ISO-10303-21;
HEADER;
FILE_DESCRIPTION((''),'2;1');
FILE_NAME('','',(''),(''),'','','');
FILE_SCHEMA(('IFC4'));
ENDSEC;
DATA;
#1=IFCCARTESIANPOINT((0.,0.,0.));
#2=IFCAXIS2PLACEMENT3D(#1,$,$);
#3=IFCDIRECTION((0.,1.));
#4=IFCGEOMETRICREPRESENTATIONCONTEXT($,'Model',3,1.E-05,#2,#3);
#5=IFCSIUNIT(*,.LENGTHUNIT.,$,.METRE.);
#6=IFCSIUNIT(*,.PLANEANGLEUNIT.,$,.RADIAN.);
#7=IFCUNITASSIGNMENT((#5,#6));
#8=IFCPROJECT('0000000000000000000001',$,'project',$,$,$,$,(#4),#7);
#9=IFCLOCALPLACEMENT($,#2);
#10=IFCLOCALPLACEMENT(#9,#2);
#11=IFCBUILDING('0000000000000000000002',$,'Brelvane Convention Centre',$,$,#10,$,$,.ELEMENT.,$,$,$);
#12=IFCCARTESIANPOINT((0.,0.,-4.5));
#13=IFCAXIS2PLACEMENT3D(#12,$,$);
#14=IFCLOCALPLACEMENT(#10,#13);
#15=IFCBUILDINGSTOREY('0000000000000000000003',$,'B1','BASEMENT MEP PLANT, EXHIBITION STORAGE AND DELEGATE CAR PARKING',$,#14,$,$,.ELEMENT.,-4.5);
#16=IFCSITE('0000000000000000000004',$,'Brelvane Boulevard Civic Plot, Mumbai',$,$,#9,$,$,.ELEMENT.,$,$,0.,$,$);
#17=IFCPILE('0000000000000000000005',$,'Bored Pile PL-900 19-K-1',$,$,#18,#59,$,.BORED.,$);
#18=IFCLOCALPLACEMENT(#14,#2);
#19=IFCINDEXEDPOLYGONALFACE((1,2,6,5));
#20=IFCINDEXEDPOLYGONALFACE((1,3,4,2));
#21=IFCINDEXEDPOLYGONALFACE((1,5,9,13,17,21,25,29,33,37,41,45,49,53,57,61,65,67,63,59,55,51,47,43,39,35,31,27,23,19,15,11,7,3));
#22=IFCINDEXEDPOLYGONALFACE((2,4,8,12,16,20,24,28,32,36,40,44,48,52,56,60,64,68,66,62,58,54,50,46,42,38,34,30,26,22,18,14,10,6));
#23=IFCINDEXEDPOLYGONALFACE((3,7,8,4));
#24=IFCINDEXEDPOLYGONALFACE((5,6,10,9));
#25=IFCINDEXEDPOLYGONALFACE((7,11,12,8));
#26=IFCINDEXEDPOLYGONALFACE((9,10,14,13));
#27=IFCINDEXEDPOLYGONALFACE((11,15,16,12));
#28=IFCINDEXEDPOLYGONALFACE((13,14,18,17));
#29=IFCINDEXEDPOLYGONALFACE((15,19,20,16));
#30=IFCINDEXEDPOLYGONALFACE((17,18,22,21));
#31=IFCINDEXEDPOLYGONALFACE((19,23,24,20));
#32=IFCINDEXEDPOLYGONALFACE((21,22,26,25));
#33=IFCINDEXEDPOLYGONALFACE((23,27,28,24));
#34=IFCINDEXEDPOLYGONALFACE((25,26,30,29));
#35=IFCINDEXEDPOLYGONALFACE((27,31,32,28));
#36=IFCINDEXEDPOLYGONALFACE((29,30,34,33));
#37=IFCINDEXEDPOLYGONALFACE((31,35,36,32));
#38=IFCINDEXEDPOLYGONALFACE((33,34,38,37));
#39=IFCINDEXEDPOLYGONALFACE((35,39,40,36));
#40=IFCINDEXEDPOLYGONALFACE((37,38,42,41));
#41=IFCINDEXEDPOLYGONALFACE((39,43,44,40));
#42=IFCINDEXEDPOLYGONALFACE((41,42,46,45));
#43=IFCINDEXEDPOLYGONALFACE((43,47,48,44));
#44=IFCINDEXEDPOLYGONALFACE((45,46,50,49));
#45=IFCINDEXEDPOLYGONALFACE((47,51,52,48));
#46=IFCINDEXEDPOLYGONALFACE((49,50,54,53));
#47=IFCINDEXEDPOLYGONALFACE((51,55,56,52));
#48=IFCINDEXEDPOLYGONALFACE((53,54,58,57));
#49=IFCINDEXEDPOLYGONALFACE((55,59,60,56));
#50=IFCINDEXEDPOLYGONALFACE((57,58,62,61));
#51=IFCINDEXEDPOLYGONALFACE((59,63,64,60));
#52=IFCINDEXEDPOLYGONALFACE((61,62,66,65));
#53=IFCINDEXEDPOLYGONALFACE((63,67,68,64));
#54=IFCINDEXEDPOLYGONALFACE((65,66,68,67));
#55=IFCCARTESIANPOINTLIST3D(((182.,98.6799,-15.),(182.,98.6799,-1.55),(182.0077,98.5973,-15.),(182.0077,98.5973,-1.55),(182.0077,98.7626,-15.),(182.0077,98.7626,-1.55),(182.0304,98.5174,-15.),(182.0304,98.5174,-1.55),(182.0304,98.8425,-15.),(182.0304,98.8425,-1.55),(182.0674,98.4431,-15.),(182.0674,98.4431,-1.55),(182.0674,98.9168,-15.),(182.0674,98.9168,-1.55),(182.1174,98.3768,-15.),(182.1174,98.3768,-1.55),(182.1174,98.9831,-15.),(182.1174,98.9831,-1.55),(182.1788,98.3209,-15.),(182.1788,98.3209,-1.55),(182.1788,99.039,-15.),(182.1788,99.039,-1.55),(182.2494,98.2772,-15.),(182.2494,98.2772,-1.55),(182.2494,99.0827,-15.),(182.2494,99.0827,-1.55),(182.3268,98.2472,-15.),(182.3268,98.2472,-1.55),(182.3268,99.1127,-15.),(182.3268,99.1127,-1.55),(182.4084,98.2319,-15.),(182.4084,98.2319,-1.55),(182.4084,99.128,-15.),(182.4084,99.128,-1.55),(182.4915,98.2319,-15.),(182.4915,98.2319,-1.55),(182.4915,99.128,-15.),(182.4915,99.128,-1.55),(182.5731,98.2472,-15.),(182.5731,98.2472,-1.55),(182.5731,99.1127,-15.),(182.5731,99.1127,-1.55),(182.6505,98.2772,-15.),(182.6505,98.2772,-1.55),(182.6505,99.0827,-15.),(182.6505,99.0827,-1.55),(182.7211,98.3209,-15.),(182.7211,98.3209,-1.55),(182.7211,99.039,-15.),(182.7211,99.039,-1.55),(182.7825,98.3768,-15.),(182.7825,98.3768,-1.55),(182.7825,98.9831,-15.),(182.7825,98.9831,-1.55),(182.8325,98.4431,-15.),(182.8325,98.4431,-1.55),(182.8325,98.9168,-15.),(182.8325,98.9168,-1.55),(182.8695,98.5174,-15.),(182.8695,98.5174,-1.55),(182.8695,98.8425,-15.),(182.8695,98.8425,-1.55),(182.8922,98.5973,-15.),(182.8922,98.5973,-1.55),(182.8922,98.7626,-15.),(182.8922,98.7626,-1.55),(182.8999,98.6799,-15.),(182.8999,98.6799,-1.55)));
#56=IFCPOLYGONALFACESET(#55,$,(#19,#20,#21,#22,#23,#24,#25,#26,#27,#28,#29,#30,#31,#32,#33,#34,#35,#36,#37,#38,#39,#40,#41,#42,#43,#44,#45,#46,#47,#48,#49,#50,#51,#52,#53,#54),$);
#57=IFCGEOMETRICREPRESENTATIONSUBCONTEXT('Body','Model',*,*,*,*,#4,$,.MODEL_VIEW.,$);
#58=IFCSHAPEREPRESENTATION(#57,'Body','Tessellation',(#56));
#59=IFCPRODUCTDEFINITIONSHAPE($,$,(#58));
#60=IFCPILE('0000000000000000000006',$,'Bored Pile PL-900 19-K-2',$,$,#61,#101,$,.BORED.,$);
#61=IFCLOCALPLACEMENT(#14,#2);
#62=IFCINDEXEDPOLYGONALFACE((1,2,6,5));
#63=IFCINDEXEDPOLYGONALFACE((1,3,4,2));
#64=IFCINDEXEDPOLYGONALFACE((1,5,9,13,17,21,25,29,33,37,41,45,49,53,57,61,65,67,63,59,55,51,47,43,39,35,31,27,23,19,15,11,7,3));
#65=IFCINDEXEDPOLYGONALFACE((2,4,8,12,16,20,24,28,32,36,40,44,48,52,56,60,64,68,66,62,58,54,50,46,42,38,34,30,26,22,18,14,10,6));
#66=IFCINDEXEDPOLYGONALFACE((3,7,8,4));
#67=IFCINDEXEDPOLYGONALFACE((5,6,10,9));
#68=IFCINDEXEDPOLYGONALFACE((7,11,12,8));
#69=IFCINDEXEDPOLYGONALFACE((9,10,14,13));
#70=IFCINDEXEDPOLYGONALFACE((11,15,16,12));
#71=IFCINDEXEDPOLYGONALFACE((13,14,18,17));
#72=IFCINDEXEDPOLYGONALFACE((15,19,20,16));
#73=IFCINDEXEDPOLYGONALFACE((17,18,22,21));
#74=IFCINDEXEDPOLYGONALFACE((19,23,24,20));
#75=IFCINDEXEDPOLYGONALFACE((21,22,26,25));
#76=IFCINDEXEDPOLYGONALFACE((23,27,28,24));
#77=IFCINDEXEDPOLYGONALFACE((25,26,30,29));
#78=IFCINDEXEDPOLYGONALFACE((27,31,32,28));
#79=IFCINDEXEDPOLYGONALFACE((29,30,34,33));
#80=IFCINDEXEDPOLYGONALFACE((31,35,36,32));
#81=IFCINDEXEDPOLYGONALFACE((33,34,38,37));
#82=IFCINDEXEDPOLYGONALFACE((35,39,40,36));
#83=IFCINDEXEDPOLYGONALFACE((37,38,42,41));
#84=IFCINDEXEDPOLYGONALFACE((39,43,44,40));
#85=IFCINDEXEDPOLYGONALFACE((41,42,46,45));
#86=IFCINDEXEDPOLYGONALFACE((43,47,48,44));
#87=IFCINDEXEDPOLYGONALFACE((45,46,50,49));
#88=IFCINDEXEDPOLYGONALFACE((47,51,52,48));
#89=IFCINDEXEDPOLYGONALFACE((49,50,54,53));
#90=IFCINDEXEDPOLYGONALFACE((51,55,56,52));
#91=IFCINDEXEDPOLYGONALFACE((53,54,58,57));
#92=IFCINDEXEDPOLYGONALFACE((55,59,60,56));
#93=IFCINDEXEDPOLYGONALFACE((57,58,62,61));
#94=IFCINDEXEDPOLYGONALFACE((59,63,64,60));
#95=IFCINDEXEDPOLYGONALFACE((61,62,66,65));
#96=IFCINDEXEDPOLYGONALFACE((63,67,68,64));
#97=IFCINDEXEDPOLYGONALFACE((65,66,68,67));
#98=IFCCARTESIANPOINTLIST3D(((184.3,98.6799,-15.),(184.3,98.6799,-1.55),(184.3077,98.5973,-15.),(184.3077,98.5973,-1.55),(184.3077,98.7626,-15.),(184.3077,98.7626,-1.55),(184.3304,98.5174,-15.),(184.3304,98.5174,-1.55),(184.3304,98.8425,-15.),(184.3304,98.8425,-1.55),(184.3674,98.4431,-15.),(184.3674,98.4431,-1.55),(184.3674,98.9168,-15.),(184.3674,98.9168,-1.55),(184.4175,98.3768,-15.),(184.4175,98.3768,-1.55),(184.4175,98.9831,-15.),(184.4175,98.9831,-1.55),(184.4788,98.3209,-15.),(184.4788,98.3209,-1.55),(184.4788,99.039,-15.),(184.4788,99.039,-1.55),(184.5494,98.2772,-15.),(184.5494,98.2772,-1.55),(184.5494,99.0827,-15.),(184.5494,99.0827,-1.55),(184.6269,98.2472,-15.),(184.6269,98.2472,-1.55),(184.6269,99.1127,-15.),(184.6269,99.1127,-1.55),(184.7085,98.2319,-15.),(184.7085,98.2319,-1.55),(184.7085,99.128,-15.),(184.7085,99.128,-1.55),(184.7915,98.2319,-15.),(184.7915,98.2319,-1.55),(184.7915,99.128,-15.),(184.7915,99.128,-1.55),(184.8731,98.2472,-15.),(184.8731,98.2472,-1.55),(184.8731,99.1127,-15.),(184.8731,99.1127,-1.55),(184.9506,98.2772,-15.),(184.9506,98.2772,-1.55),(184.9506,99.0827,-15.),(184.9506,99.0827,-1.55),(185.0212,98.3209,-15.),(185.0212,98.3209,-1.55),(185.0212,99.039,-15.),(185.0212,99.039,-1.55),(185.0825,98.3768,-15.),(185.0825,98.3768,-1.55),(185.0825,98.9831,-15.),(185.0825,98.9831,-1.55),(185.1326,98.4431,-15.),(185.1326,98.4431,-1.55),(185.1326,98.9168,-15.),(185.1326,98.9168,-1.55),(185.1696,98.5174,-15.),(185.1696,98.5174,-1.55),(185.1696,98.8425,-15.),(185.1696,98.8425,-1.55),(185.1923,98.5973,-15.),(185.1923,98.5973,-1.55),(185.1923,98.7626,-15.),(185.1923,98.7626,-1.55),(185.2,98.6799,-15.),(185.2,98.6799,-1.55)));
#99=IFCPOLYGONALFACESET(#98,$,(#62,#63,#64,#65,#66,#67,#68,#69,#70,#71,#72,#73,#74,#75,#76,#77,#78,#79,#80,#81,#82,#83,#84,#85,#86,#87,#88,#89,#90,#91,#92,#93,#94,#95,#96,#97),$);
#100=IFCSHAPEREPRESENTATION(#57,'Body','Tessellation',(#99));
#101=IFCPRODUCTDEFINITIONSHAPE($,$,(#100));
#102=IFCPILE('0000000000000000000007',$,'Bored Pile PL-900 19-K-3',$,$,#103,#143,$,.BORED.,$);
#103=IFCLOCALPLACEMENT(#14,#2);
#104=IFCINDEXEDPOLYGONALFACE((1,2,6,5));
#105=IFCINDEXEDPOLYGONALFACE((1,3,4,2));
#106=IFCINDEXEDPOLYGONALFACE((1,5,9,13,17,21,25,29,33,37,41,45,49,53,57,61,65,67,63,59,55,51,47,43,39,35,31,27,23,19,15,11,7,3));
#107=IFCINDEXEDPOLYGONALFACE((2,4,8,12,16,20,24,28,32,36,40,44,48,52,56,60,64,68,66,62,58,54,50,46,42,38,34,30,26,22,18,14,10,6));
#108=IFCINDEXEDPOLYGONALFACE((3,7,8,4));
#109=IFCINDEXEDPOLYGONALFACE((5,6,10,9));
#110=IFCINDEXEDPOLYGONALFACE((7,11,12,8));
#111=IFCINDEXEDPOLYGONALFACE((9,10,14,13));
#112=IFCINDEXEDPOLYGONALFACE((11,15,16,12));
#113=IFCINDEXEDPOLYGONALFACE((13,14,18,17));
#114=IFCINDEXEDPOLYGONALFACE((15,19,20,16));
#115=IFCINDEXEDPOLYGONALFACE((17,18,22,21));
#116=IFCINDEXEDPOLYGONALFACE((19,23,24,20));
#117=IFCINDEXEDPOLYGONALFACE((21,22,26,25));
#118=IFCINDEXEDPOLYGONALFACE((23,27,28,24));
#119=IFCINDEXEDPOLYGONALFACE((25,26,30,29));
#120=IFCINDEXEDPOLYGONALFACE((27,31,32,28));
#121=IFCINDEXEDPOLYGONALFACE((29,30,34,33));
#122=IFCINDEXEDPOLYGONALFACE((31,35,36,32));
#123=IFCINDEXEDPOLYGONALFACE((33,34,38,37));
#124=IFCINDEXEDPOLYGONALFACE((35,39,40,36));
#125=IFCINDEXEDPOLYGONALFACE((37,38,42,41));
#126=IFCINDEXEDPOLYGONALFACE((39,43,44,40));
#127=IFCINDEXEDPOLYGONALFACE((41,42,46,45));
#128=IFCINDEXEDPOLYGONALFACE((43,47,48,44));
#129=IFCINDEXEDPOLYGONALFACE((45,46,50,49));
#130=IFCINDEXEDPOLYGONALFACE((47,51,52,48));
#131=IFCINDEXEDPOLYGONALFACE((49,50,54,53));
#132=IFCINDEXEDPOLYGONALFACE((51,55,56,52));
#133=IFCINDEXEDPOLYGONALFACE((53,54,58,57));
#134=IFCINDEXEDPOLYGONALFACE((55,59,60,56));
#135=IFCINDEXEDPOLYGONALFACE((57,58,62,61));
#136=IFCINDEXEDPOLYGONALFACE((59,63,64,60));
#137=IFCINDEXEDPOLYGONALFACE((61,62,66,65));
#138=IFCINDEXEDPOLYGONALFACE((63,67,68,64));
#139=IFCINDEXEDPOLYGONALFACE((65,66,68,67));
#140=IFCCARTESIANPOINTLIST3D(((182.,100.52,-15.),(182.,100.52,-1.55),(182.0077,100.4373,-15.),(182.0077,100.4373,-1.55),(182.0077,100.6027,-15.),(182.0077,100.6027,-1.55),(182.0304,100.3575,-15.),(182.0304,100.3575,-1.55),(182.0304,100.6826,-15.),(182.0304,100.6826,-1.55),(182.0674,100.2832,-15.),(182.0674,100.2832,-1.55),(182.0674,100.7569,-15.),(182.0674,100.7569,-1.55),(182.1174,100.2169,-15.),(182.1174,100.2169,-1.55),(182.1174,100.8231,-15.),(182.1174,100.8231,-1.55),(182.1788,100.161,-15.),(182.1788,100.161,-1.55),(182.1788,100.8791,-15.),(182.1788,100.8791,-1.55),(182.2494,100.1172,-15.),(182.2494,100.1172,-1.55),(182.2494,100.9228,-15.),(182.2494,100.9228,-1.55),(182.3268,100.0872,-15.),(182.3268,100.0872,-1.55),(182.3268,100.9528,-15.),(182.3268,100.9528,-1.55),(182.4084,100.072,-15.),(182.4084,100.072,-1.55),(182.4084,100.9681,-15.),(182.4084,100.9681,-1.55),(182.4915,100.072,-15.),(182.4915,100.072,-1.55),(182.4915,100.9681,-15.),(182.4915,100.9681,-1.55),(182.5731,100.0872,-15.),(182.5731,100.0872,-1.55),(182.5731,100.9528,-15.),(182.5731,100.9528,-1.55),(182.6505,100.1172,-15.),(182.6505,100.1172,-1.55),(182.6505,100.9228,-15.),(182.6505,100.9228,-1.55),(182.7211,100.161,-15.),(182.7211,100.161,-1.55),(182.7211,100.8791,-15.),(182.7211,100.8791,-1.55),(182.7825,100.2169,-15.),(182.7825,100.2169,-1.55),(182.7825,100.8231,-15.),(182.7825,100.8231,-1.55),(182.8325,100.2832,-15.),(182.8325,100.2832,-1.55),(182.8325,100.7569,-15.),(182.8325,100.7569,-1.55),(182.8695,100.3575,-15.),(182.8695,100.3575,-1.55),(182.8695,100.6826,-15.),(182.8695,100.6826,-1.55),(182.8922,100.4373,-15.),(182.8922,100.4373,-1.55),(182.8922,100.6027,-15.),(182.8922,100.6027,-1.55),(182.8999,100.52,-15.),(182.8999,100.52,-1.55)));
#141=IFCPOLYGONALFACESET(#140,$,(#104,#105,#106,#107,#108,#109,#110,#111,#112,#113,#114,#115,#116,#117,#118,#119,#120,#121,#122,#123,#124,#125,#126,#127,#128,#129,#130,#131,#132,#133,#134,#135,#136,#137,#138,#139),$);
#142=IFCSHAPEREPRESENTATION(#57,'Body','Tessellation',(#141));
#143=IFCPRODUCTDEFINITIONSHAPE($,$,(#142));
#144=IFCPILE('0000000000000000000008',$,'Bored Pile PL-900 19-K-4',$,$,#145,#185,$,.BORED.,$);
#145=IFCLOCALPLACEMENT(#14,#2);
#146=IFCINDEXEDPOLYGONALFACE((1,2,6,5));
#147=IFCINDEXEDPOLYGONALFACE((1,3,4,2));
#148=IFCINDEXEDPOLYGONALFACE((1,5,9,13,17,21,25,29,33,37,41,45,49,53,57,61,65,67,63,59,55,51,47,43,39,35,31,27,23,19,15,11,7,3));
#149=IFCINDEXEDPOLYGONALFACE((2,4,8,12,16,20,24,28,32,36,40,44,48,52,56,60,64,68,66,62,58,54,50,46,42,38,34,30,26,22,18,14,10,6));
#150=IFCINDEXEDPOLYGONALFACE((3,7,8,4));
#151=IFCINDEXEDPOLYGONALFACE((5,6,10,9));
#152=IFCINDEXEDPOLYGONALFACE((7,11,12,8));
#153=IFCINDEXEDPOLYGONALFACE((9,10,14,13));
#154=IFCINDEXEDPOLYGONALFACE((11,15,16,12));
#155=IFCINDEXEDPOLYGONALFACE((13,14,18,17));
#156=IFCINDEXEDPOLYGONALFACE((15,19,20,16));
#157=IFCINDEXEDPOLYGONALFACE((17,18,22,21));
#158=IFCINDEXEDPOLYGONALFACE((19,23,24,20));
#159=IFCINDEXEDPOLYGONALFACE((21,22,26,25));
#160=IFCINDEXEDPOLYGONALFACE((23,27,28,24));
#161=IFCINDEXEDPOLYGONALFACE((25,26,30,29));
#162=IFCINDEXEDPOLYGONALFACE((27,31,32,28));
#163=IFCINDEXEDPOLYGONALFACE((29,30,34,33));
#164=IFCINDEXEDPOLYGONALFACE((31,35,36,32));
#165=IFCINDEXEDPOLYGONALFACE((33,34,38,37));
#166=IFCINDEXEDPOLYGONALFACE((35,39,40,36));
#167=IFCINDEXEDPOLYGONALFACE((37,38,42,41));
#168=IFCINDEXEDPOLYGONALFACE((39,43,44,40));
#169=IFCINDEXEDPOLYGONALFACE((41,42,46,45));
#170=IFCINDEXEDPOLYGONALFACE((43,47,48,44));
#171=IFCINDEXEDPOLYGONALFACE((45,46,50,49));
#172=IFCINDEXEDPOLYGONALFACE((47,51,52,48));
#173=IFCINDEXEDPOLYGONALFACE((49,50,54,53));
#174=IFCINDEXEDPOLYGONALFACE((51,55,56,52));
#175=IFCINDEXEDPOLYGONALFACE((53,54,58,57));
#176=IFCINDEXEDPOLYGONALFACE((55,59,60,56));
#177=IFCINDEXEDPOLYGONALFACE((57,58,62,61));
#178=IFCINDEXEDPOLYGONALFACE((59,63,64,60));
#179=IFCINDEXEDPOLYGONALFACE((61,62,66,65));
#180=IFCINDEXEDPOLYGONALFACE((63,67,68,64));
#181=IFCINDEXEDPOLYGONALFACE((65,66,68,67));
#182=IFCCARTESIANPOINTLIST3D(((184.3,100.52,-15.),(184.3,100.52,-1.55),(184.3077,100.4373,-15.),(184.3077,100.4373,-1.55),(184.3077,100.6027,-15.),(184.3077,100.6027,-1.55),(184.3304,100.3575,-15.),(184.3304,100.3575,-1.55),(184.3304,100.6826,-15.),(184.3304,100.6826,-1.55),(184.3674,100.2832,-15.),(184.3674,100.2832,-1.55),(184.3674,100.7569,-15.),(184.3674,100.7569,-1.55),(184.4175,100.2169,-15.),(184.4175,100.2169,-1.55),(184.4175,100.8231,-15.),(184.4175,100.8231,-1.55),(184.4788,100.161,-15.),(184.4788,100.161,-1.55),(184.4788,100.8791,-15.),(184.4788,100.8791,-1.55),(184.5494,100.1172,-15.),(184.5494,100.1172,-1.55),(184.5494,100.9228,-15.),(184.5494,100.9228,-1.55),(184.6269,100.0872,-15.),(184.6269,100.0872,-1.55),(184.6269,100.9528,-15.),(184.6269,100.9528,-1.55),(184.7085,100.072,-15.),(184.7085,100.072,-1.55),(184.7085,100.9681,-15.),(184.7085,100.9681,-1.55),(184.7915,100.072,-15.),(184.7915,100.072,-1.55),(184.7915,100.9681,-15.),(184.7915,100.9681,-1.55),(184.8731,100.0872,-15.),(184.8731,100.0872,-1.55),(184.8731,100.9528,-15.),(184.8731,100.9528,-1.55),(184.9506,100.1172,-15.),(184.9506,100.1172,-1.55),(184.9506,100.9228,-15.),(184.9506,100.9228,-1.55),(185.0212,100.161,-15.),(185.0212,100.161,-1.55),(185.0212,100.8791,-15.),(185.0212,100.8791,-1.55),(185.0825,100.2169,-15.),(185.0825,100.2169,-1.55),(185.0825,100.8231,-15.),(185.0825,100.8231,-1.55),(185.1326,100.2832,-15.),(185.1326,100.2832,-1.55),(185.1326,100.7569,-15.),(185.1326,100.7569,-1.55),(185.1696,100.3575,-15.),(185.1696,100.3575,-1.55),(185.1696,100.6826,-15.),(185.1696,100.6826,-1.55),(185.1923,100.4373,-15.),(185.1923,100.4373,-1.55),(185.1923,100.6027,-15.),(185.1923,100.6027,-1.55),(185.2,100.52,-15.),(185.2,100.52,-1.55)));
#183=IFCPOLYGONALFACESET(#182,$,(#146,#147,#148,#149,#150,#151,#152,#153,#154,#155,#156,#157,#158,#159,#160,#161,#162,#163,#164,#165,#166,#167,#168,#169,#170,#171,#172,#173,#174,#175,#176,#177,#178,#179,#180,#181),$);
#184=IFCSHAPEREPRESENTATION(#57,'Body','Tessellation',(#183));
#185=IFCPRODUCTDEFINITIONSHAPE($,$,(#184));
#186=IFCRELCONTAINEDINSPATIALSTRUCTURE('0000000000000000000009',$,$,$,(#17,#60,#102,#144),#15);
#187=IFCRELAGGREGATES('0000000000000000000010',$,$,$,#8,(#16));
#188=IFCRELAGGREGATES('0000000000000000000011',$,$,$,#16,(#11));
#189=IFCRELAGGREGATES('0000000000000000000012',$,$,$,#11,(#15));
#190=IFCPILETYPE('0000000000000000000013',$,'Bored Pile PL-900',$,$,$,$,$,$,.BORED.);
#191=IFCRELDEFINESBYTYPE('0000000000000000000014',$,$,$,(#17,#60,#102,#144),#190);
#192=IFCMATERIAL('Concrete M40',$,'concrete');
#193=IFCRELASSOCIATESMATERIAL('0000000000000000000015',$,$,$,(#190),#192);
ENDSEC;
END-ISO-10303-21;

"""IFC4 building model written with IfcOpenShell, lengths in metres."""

from ifc_helpers import new_model, si_unit, direction, frame, origin, origin_2d, place, context, subcontext, project, spatial, circle, extrude, material, material_profile, profile_set, type_object, element, save


model = new_model("IFC4")

# Units and contexts
model_context = context("Model", 3, precision=1e-05, world=origin(), true_north=direction((0.0, 1.0)))
body_context = subcontext(model_context, "Body", "Model", "MODEL_VIEW")
ifc_project = project(units=[si_unit("LENGTHUNIT", "METRE"), si_unit("PLANEANGLEUNIT", "RADIAN")], contexts=[model_context])

# Site, building, storey
site_placement = place(None, origin())
site = spatial("IfcSite", under=ifc_project, at=site_placement, Name="Brelvane Boulevard Civic Plot, Mumbai", CompositionType="ELEMENT", RefElevation=0.0)
building_placement = place(site_placement, origin())
building = spatial("IfcBuilding", under=site, at=building_placement, Name="Brelvane Convention Centre", CompositionType="ELEMENT")
storey_placement = place(building_placement, frame((0.0, 0.0, -4.5)))
storey = spatial("IfcBuildingStorey", under=building, at=storey_placement, Name="B1", Description="BASEMENT MEP PLANT, EXHIBITION STORAGE AND DELEGATE CAR PARKING", CompositionType="ELEMENT", Elevation=-4.5)

# Piles
ifc_material_1 = material(Name="Concrete M40", Category="concrete")
ifc_material_profile_1 = material_profile(ifc_material_1, circle(Radius=0.45, at=origin_2d()), Name="PILE D900")
ifc_profile_set_1 = profile_set([ifc_material_profile_1], Name="Concrete M40")
pile_type = type_object("IfcPileType", Name="Bored Pile PL-900", PredefinedType="BORED", material=ifc_profile_set_1)
for number, where, z_axis, x_axis, name in (
    (1, (182.45, 98.6799, -1.55), (0.0, 0.0, -1.0), (1.0, 0.0, 0.0), "Bored Pile PL-900 19-K-1"),
    (2, (184.75, 98.6799, -1.55), (0.0, 0.0, -1.0), (1.0, 0.0, 0.0), "Bored Pile PL-900 19-K-2"),
    (3, (182.45, 100.52, -1.55), (0.0, 0.0, -1.0), (1.0, 0.0, 0.0), "Bored Pile PL-900 19-K-3"),
    (4, (184.75, 100.52, -1.55), (0.0, 0.0, -1.0), (1.0, 0.0, 0.0), "Bored Pile PL-900 19-K-4"),
):
    element("IfcPile", number, at=place(storey_placement, frame(where, z_axis=z_axis, x_axis=x_axis)), inside=storey, type_object=pile_type, Name=name, PredefinedType="BORED", context=body_context, shape_type="SweptSolid", body=[
        extrude(circle(Radius=0.45, at=origin_2d()), origin(), (0.0, 0.0, 1.0), 13.45),
    ])

save(model, "model.ifc")
